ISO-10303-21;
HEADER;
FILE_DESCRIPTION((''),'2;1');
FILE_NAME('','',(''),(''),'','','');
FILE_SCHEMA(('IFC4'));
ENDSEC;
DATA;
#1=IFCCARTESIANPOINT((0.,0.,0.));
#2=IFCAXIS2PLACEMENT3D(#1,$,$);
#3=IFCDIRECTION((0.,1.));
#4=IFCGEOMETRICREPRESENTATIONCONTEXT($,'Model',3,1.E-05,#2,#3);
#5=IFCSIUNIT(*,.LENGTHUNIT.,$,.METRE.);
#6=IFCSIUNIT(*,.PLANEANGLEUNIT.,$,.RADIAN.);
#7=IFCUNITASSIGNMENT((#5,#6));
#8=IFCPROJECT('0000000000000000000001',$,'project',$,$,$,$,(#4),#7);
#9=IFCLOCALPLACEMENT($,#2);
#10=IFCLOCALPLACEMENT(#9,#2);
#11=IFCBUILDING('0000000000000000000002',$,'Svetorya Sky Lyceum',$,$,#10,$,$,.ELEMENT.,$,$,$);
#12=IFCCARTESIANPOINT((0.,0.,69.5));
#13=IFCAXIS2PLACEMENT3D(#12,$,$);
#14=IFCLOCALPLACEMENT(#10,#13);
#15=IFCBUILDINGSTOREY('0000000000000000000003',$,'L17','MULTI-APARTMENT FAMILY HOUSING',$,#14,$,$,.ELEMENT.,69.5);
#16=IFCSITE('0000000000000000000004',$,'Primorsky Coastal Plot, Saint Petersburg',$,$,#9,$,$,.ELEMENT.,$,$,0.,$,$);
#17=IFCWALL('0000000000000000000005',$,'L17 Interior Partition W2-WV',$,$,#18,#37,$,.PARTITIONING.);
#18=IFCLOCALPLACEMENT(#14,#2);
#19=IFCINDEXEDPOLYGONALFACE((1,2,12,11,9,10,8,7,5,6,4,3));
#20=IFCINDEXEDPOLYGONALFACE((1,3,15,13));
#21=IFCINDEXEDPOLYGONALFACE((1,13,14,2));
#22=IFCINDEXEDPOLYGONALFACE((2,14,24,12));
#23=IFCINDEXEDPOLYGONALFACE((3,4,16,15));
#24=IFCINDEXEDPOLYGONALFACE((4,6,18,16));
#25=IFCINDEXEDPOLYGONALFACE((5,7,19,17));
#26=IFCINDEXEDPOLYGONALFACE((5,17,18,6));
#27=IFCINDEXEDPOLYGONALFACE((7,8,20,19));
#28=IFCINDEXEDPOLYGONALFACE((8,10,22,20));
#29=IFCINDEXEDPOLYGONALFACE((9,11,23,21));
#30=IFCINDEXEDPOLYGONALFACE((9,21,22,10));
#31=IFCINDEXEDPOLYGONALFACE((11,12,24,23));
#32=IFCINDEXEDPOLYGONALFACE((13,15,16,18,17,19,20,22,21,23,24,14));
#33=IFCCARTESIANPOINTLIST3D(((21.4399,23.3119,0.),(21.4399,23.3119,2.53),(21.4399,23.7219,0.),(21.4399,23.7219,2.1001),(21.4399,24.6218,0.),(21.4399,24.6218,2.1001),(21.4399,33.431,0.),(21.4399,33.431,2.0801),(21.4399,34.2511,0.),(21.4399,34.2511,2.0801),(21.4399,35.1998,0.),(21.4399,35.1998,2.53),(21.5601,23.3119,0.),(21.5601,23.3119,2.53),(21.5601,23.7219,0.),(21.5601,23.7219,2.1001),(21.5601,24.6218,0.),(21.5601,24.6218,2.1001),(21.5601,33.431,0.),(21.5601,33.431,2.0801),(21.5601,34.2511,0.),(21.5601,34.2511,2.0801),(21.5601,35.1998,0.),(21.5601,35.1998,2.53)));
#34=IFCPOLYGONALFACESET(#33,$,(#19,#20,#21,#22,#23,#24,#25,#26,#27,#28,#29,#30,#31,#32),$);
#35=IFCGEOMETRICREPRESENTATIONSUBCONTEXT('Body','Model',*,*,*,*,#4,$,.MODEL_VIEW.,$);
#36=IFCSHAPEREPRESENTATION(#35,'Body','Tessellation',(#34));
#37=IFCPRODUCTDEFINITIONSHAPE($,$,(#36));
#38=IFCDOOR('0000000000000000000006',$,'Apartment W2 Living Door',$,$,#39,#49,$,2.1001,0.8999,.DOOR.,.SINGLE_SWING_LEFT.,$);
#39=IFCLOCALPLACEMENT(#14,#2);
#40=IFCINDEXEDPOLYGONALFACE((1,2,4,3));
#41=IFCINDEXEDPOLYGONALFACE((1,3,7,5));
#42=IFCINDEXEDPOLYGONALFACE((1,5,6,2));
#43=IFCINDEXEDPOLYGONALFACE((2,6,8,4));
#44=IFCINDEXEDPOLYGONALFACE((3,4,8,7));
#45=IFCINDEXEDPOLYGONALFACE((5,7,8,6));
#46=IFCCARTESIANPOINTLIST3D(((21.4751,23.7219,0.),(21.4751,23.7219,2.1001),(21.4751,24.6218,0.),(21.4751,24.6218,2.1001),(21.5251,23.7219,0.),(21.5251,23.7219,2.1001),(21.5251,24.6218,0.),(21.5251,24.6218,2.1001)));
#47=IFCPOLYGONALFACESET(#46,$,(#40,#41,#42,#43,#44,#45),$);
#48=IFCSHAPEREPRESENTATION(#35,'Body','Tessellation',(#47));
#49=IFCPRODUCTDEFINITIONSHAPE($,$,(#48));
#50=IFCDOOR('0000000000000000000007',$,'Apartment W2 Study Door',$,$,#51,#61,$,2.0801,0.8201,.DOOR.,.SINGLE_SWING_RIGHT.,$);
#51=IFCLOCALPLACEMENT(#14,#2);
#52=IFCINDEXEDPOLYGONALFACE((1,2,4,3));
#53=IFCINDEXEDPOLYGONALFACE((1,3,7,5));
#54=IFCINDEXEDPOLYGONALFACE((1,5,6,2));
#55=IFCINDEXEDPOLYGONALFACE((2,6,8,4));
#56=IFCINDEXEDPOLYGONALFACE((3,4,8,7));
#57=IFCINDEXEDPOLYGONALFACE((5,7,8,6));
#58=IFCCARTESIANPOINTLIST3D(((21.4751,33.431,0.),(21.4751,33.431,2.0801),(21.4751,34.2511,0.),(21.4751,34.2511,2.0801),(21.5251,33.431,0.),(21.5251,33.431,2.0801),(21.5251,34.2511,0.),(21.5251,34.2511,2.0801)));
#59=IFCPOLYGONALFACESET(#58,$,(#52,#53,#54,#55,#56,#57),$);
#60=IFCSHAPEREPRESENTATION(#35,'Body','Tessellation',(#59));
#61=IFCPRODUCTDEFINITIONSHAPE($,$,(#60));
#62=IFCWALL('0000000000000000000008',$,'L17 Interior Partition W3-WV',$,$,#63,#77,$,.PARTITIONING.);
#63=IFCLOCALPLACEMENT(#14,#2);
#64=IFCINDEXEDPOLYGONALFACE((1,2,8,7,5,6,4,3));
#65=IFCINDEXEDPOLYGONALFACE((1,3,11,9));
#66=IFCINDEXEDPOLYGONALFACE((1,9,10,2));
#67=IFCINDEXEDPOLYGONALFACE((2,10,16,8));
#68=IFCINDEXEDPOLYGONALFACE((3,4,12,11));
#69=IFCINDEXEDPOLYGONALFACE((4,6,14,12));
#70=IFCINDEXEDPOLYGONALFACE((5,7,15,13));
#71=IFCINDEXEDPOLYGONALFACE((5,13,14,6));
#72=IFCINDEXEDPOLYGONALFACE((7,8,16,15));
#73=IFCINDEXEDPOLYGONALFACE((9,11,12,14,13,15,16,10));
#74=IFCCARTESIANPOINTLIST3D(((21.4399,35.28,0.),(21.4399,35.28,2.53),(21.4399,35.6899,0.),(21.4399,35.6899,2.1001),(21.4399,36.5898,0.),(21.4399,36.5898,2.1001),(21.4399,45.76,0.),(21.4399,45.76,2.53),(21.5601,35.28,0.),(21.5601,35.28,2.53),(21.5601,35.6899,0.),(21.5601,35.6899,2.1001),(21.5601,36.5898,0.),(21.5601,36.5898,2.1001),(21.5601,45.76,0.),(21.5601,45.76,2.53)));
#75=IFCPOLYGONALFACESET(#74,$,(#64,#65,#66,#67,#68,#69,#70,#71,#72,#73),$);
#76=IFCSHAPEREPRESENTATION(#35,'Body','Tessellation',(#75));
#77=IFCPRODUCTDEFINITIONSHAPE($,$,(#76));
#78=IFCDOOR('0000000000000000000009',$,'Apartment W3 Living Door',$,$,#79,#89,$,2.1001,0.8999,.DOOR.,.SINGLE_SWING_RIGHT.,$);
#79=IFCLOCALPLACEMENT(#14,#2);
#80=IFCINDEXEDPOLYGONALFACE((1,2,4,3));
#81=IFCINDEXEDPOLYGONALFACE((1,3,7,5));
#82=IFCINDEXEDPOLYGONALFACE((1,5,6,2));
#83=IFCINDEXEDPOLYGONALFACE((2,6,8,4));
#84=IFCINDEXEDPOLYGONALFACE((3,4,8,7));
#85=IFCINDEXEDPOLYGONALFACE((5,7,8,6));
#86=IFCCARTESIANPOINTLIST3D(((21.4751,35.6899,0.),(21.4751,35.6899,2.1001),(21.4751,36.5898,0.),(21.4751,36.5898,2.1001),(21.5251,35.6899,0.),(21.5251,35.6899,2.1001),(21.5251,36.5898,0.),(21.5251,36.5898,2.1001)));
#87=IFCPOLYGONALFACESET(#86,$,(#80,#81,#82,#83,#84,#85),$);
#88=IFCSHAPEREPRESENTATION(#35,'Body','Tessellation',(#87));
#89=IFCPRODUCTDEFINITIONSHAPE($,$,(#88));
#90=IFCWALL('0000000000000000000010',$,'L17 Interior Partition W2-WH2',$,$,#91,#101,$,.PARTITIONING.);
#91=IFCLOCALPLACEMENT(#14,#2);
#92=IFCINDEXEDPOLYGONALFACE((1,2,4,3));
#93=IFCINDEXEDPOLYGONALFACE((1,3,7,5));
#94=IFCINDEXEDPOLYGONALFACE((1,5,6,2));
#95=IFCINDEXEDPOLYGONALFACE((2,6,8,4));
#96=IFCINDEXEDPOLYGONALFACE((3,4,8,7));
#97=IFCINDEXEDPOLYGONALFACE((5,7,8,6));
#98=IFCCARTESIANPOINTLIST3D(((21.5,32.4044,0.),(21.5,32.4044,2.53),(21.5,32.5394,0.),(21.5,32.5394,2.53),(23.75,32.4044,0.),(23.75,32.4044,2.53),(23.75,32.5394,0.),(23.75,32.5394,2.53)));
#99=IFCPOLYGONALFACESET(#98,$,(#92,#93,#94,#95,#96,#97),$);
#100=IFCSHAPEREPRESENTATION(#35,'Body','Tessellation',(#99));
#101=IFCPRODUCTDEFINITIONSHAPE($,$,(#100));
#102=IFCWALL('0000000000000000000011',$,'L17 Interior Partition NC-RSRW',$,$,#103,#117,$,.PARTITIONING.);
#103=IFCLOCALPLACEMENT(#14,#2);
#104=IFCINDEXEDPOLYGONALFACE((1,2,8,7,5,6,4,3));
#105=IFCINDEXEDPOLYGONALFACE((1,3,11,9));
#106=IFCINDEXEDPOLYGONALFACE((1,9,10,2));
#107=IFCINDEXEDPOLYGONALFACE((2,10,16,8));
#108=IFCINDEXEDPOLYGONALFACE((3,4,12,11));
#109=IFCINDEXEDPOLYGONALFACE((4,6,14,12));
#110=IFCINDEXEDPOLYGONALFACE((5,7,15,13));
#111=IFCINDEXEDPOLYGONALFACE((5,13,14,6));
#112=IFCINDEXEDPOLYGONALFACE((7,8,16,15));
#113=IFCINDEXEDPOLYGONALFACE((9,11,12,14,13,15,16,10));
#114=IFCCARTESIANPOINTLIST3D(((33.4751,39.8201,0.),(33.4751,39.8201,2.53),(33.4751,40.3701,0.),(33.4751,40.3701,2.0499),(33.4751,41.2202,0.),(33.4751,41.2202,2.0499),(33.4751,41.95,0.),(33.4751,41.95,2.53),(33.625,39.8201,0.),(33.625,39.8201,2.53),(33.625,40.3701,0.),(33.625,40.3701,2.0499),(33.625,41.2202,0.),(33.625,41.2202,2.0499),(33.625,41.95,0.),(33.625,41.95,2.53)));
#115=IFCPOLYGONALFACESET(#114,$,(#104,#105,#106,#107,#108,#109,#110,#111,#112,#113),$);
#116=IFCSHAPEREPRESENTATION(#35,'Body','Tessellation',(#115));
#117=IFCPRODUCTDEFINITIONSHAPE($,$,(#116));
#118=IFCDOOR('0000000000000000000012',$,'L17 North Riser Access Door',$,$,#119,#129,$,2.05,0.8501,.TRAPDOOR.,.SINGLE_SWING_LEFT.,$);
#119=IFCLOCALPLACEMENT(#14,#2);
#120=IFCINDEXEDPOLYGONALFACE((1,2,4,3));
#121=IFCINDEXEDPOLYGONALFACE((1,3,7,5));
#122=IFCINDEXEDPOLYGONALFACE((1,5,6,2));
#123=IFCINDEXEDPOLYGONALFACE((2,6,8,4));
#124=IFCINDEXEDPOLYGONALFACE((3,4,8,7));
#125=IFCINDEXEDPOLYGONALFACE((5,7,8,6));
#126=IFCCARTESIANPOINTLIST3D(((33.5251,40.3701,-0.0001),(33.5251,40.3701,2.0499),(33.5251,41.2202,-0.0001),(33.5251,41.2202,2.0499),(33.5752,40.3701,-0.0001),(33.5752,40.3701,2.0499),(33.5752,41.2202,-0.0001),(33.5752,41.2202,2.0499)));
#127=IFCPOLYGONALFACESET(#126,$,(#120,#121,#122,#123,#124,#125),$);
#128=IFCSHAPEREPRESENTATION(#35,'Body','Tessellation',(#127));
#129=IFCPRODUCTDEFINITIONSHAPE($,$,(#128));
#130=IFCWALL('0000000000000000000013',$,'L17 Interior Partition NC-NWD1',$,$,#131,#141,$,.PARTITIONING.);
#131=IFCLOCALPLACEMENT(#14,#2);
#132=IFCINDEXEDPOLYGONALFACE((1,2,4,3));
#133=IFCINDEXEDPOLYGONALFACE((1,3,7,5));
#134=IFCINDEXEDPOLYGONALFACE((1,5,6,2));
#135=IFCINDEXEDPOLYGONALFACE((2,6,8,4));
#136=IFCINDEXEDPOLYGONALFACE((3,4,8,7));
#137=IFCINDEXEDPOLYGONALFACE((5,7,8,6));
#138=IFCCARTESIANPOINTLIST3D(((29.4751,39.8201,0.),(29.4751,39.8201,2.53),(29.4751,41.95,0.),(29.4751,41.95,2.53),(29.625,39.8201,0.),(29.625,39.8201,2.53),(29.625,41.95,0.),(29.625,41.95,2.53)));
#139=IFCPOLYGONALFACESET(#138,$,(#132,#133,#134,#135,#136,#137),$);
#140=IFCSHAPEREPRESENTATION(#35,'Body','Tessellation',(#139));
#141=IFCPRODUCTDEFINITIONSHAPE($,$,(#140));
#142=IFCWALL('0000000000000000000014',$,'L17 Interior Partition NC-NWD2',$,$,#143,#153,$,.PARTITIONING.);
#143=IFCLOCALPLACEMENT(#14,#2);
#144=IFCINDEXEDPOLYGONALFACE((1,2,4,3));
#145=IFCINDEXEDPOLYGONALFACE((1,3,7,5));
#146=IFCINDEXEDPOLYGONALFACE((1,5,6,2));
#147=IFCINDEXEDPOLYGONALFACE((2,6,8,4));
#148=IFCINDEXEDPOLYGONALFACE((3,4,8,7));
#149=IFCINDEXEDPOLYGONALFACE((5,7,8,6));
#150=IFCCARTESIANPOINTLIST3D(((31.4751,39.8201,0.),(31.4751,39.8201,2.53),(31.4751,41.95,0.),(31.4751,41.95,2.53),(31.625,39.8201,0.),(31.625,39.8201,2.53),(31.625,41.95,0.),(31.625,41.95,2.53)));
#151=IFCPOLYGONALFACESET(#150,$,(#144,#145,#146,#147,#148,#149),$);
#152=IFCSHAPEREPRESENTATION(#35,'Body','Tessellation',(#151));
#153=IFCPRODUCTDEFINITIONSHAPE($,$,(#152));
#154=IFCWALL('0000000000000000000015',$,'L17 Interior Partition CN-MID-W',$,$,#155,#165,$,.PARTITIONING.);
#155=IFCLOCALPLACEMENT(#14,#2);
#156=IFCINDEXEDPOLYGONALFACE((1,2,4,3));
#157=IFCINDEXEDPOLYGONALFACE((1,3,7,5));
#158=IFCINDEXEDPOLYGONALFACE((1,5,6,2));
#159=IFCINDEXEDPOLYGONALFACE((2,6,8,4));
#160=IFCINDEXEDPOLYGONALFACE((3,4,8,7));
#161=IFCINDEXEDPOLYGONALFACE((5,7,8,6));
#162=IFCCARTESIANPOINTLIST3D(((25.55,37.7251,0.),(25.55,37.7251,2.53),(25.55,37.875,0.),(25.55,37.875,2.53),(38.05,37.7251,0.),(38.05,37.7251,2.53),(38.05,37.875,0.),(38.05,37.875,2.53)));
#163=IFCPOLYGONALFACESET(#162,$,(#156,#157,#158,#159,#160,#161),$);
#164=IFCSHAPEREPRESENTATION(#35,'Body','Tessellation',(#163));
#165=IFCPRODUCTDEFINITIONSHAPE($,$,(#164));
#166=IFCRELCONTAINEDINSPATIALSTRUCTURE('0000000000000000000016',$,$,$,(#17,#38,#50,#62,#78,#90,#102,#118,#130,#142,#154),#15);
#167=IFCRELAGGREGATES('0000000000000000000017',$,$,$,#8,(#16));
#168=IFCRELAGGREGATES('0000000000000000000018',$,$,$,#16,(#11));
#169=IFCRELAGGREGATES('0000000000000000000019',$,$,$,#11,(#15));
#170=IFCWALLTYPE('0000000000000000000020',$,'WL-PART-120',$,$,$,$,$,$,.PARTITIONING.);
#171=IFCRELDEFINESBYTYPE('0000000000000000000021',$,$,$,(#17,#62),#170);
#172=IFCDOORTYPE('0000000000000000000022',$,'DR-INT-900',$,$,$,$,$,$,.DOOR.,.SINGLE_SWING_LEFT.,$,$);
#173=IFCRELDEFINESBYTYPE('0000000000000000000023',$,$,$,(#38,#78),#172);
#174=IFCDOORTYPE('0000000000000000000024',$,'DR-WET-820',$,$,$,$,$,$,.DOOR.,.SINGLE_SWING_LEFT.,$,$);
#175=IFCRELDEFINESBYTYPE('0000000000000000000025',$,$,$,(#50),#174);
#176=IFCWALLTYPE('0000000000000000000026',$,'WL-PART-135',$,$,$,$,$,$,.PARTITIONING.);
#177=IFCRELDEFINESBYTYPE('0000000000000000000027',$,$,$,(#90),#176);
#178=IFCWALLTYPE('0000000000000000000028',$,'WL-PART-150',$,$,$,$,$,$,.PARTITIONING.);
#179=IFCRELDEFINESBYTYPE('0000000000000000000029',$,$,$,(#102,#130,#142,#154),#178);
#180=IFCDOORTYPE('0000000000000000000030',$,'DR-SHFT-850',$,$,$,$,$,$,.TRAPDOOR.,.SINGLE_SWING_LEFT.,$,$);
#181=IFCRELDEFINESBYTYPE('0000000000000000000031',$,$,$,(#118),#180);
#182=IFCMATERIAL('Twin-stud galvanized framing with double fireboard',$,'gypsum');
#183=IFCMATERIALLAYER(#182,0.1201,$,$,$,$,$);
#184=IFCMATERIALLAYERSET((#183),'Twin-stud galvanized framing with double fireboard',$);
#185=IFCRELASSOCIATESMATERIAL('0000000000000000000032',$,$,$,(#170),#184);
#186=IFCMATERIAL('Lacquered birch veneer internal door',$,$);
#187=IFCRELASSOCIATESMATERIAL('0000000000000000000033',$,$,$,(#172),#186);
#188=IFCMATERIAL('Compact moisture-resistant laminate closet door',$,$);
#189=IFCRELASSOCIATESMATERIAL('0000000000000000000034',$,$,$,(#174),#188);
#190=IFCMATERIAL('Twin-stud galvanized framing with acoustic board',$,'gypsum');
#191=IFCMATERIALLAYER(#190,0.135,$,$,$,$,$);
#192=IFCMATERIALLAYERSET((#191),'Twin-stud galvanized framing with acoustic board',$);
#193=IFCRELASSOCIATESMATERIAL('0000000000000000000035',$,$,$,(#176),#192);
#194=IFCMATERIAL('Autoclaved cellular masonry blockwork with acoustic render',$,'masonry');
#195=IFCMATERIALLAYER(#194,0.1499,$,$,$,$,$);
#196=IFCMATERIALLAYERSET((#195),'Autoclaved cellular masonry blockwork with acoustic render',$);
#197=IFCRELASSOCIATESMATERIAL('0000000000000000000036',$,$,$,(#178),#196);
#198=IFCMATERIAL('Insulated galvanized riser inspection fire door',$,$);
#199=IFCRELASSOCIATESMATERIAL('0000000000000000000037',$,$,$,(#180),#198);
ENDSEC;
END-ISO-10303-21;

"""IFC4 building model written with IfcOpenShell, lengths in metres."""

from ifc_helpers import new_model, si_unit, direction, frame, frame_2d, origin, place, context, subcontext, project, spatial, rectangle, extrude, material, layer, layer_set, type_object, element, fill, save


model = new_model("IFC4")

# Units and contexts
model_context = context("Model", 3, precision=1e-05, world=origin(), true_north=direction((0.0, 1.0)))
body_context = subcontext(model_context, "Body", "Model", "MODEL_VIEW")
ifc_project = project(units=[si_unit("LENGTHUNIT", "METRE"), si_unit("PLANEANGLEUNIT", "RADIAN")], contexts=[model_context])

# Site, building, storey
site_placement = place(None, origin())
site = spatial("IfcSite", under=ifc_project, at=site_placement, Name="Primorsky Coastal Plot, Saint Petersburg", CompositionType="ELEMENT", RefElevation=0.0)
building_placement = place(site_placement, origin())
building = spatial("IfcBuilding", under=site, at=building_placement, Name="Svetorya Sky Lyceum", CompositionType="ELEMENT")
storey_placement = place(building_placement, frame((0.0, 0.0, 69.5)))
storey = spatial("IfcBuildingStorey", under=building, at=storey_placement, Name="L17", Description="MULTI-APARTMENT FAMILY HOUSING", CompositionType="ELEMENT", Elevation=69.5)

# Shared definitions
ifc_material_1 = material(Name="Twin-stud galvanized framing with double fireboard", Category="gypsum")
ifc_layer_1 = layer(ifc_material_1, 0.1201)
ifc_layer_set_1 = layer_set([ifc_layer_1], Name="Twin-stud galvanized framing with double fireboard")
wall_type_1 = type_object("IfcWallType", Name="WL-PART-120", PredefinedType="PARTITIONING", material=ifc_layer_set_1)

# Wall, openings, doors
wall_1_placement = place(storey_placement, frame((21.5, 23.312, 0.0), z_axis=(0.0, 0.0, 1.0), x_axis=(0.0, 1.0, 0.0)))
wall_1 = element("IfcWall", 1, at=wall_1_placement, inside=storey, type_object=wall_type_1, Name="L17 Interior Partition W2-WV", PredefinedType="PARTITIONING", context=body_context, shape_type="SweptSolid", body=[
    extrude(rectangle(XDim=11.8879, YDim=0.1201, at=frame_2d((5.9438, 0.0))), origin(), (0.0, 0.0, 1.0), 2.53),
])
opening_1_placement = place(wall_1_placement, frame((0.4099, 0.0, 0.0)))
opening_1 = element("IfcOpeningElement", 2, at=opening_1_placement, cuts=wall_1, PredefinedType="OPENING", context=body_context, shape_type="SweptSolid", body=[
    extrude(rectangle(XDim=0.8999, YDim=2.1001, at=frame_2d((0.45, 1.05))), frame((0.0, 0.0701, 0.0), z_axis=(0.0, -1.0, 0.0), x_axis=(1.0, 0.0, 0.0)), (0.0, 0.0, 1.0), 0.1401),
])
opening_2_placement = place(wall_1_placement, frame((10.1189, 0.0, 0.0)))
opening_2 = element("IfcOpeningElement", 3, at=opening_2_placement, cuts=wall_1, PredefinedType="OPENING", context=body_context, shape_type="SweptSolid", body=[
    extrude(rectangle(XDim=0.8201, YDim=2.0801, at=frame_2d((0.4102, 1.04))), frame((0.0, 0.0701, 0.0), z_axis=(0.0, -1.0, 0.0), x_axis=(1.0, 0.0, 0.0)), (0.0, 0.0, 1.0), 0.1401),
])
ifc_material_2 = material(Name="Lacquered birch veneer internal door")
door_type_1 = type_object("IfcDoorType", Name="DR-INT-900", OperationType="SINGLE_SWING_LEFT", PredefinedType="DOOR", material=ifc_material_2)
door_1_placement = place(opening_1_placement, origin())
door_1 = element("IfcDoor", 4, at=door_1_placement, inside=storey, type_object=door_type_1, Name="Apartment W2 Living Door", OperationType="SINGLE_SWING_LEFT", OverallHeight=2.1001, OverallWidth=0.8999, PredefinedType="DOOR", context=body_context, shape_type="SweptSolid", body=[
    extrude(rectangle(XDim=0.8999, YDim=2.1001, at=frame_2d((0.45, 1.05))), frame((0.0, 0.0249, 0.0), z_axis=(0.0, -1.0, 0.0), x_axis=(1.0, 0.0, 0.0)), (0.0, 0.0, 1.0), 0.05),
])
fill(opening_1, door_1)
ifc_material_3 = material(Name="Compact moisture-resistant laminate closet door")
door_type_2 = type_object("IfcDoorType", Name="DR-WET-820", OperationType="SINGLE_SWING_LEFT", PredefinedType="DOOR", material=ifc_material_3)
door_2_placement = place(opening_2_placement, origin())
door_2 = element("IfcDoor", 5, at=door_2_placement, inside=storey, type_object=door_type_2, Name="Apartment W2 Study Door", OperationType="SINGLE_SWING_RIGHT", OverallHeight=2.0801, OverallWidth=0.8201, PredefinedType="DOOR", context=body_context, shape_type="SweptSolid", body=[
    extrude(rectangle(XDim=0.8201, YDim=2.0801, at=frame_2d((0.4102, 1.04))), frame((0.0, 0.0249, 0.0), z_axis=(0.0, -1.0, 0.0), x_axis=(1.0, 0.0, 0.0)), (0.0, 0.0, 1.0), 0.05),
])
fill(opening_2, door_2)

# Wall, opening, door
wall_2_placement = place(storey_placement, frame((21.5, 35.28, 0.0), z_axis=(0.0, 0.0, 1.0), x_axis=(0.0, 1.0, 0.0)))
wall_2 = element("IfcWall", 6, at=wall_2_placement, inside=storey, type_object=wall_type_1, Name="L17 Interior Partition W3-WV", PredefinedType="PARTITIONING", context=body_context, shape_type="SweptSolid", body=[
    extrude(rectangle(XDim=10.48, YDim=0.1201, at=frame_2d((5.24, 0.0))), origin(), (0.0, 0.0, 1.0), 2.53),
])
opening_3_placement = place(wall_2_placement, frame((0.4099, 0.0, 0.0)))
opening_3 = element("IfcOpeningElement", 7, at=opening_3_placement, cuts=wall_2, PredefinedType="OPENING", context=body_context, shape_type="SweptSolid", body=[
    extrude(rectangle(XDim=0.8999, YDim=2.1001, at=frame_2d((0.45, 1.05))), frame((0.0, 0.0701, 0.0), z_axis=(0.0, -1.0, 0.0), x_axis=(1.0, 0.0, 0.0)), (0.0, 0.0, 1.0), 0.1401),
])
door_3_placement = place(opening_3_placement, origin())
door_3 = element("IfcDoor", 8, at=door_3_placement, inside=storey, type_object=door_type_1, Name="Apartment W3 Living Door", OperationType="SINGLE_SWING_RIGHT", OverallHeight=2.1001, OverallWidth=0.8999, PredefinedType="DOOR", context=body_context, shape_type="SweptSolid", body=[
    extrude(rectangle(XDim=0.8999, YDim=2.1001, at=frame_2d((0.45, 1.05))), frame((0.0, 0.0249, 0.0), z_axis=(0.0, -1.0, 0.0), x_axis=(1.0, 0.0, 0.0)), (0.0, 0.0, 1.0), 0.05),
])
fill(opening_3, door_3)

# Wall
ifc_material_4 = material(Name="Twin-stud galvanized framing with acoustic board", Category="gypsum")
ifc_layer_2 = layer(ifc_material_4, 0.135)
ifc_layer_set_2 = layer_set([ifc_layer_2], Name="Twin-stud galvanized framing with acoustic board")
wall_type_2 = type_object("IfcWallType", Name="WL-PART-135", PredefinedType="PARTITIONING", material=ifc_layer_set_2)
wall_3_placement = place(storey_placement, frame((21.5, 32.4719, 0.0), z_axis=(0.0, 0.0, 1.0), x_axis=(1.0, 0.0, 0.0)))
element("IfcWall", 9, at=wall_3_placement, inside=storey, type_object=wall_type_2, Name="L17 Interior Partition W2-WH2", PredefinedType="PARTITIONING", context=body_context, shape_type="SweptSolid", body=[
    extrude(rectangle(XDim=2.25, YDim=0.135, at=frame_2d((1.125, 0.0))), origin(), (0.0, 0.0, 1.0), 2.53),
])

# Wall, opening, door
ifc_material_5 = material(Name="Autoclaved cellular masonry blockwork with acoustic render", Category="masonry")
ifc_layer_3 = layer(ifc_material_5, 0.1499)
ifc_layer_set_3 = layer_set([ifc_layer_3], Name="Autoclaved cellular masonry blockwork with acoustic render")
wall_type_3 = type_object("IfcWallType", Name="WL-PART-150", PredefinedType="PARTITIONING", material=ifc_layer_set_3)
wall_4_placement = place(storey_placement, frame((33.55, 39.8201, 0.0), z_axis=(0.0, 0.0, 1.0), x_axis=(0.0, 1.0, 0.0)))
wall_4 = element("IfcWall", 10, at=wall_4_placement, inside=storey, type_object=wall_type_3, Name="L17 Interior Partition NC-RSRW", PredefinedType="PARTITIONING", context=body_context, shape_type="SweptSolid", body=[
    extrude(rectangle(XDim=2.1299, YDim=0.1499, at=frame_2d((1.0649, 0.0))), origin(), (0.0, 0.0, 1.0), 2.53),
])
opening_4_placement = place(wall_4_placement, frame((0.55, 0.0, 0.0)))
opening_4 = element("IfcOpeningElement", 11, at=opening_4_placement, cuts=wall_4, PredefinedType="OPENING", context=body_context, shape_type="SweptSolid", body=[
    extrude(rectangle(XDim=0.8501, YDim=2.05, at=frame_2d((0.425, 1.0249))), frame((0.0, 0.085, 0.0), z_axis=(0.0, -1.0, 0.0), x_axis=(1.0, 0.0, 0.0)), (0.0, 0.0, 1.0), 0.1699),
])
ifc_material_6 = material(Name="Insulated galvanized riser inspection fire door")
door_type_3 = type_object("IfcDoorType", Name="DR-SHFT-850", OperationType="SINGLE_SWING_LEFT", PredefinedType="TRAPDOOR", material=ifc_material_6)
door_4_placement = place(opening_4_placement, origin())
door_4 = element("IfcDoor", 12, at=door_4_placement, inside=storey, type_object=door_type_3, Name="L17 North Riser Access Door", OperationType="SINGLE_SWING_LEFT", OverallHeight=2.05, OverallWidth=0.8501, PredefinedType="TRAPDOOR", context=body_context, shape_type="SweptSolid", body=[
    extrude(rectangle(XDim=0.8501, YDim=2.05, at=frame_2d((0.425, 1.0249))), frame((0.0, 0.0249, 0.0), z_axis=(0.0, -1.0, 0.0), x_axis=(1.0, 0.0, 0.0)), (0.0, 0.0, 1.0), 0.05),
])
fill(opening_4, door_4)

# Walls
for number, where, z_axis, x_axis, name in (
    (13, (29.55, 39.8201, 0.0), (0.0, 0.0, 1.0), (0.0, 1.0, 0.0), "L17 Interior Partition NC-NWD1"),
    (14, (31.55, 39.8201, 0.0), (0.0, 0.0, 1.0), (0.0, 1.0, 0.0), "L17 Interior Partition NC-NWD2"),
):
    element("IfcWall", number, at=place(storey_placement, frame(where, z_axis=z_axis, x_axis=x_axis)), inside=storey, type_object=wall_type_3, Name=name, PredefinedType="PARTITIONING", context=body_context, shape_type="SweptSolid", body=[
        extrude(rectangle(XDim=2.1299, YDim=0.1499, at=frame_2d((1.0649, 0.0))), origin(), (0.0, 0.0, 1.0), 2.53),
    ])
wall_5_placement = place(storey_placement, frame((25.55, 37.8, 0.0), z_axis=(0.0, 0.0, 1.0), x_axis=(1.0, 0.0, 0.0)))
element("IfcWall", 15, at=wall_5_placement, inside=storey, type_object=wall_type_3, Name="L17 Interior Partition CN-MID-W", PredefinedType="PARTITIONING", context=body_context, shape_type="SweptSolid", body=[
    extrude(rectangle(XDim=12.5, YDim=0.1499, at=frame_2d((6.25, 0.0))), origin(), (0.0, 0.0, 1.0), 2.53),
])

save(model, "model.ifc")
